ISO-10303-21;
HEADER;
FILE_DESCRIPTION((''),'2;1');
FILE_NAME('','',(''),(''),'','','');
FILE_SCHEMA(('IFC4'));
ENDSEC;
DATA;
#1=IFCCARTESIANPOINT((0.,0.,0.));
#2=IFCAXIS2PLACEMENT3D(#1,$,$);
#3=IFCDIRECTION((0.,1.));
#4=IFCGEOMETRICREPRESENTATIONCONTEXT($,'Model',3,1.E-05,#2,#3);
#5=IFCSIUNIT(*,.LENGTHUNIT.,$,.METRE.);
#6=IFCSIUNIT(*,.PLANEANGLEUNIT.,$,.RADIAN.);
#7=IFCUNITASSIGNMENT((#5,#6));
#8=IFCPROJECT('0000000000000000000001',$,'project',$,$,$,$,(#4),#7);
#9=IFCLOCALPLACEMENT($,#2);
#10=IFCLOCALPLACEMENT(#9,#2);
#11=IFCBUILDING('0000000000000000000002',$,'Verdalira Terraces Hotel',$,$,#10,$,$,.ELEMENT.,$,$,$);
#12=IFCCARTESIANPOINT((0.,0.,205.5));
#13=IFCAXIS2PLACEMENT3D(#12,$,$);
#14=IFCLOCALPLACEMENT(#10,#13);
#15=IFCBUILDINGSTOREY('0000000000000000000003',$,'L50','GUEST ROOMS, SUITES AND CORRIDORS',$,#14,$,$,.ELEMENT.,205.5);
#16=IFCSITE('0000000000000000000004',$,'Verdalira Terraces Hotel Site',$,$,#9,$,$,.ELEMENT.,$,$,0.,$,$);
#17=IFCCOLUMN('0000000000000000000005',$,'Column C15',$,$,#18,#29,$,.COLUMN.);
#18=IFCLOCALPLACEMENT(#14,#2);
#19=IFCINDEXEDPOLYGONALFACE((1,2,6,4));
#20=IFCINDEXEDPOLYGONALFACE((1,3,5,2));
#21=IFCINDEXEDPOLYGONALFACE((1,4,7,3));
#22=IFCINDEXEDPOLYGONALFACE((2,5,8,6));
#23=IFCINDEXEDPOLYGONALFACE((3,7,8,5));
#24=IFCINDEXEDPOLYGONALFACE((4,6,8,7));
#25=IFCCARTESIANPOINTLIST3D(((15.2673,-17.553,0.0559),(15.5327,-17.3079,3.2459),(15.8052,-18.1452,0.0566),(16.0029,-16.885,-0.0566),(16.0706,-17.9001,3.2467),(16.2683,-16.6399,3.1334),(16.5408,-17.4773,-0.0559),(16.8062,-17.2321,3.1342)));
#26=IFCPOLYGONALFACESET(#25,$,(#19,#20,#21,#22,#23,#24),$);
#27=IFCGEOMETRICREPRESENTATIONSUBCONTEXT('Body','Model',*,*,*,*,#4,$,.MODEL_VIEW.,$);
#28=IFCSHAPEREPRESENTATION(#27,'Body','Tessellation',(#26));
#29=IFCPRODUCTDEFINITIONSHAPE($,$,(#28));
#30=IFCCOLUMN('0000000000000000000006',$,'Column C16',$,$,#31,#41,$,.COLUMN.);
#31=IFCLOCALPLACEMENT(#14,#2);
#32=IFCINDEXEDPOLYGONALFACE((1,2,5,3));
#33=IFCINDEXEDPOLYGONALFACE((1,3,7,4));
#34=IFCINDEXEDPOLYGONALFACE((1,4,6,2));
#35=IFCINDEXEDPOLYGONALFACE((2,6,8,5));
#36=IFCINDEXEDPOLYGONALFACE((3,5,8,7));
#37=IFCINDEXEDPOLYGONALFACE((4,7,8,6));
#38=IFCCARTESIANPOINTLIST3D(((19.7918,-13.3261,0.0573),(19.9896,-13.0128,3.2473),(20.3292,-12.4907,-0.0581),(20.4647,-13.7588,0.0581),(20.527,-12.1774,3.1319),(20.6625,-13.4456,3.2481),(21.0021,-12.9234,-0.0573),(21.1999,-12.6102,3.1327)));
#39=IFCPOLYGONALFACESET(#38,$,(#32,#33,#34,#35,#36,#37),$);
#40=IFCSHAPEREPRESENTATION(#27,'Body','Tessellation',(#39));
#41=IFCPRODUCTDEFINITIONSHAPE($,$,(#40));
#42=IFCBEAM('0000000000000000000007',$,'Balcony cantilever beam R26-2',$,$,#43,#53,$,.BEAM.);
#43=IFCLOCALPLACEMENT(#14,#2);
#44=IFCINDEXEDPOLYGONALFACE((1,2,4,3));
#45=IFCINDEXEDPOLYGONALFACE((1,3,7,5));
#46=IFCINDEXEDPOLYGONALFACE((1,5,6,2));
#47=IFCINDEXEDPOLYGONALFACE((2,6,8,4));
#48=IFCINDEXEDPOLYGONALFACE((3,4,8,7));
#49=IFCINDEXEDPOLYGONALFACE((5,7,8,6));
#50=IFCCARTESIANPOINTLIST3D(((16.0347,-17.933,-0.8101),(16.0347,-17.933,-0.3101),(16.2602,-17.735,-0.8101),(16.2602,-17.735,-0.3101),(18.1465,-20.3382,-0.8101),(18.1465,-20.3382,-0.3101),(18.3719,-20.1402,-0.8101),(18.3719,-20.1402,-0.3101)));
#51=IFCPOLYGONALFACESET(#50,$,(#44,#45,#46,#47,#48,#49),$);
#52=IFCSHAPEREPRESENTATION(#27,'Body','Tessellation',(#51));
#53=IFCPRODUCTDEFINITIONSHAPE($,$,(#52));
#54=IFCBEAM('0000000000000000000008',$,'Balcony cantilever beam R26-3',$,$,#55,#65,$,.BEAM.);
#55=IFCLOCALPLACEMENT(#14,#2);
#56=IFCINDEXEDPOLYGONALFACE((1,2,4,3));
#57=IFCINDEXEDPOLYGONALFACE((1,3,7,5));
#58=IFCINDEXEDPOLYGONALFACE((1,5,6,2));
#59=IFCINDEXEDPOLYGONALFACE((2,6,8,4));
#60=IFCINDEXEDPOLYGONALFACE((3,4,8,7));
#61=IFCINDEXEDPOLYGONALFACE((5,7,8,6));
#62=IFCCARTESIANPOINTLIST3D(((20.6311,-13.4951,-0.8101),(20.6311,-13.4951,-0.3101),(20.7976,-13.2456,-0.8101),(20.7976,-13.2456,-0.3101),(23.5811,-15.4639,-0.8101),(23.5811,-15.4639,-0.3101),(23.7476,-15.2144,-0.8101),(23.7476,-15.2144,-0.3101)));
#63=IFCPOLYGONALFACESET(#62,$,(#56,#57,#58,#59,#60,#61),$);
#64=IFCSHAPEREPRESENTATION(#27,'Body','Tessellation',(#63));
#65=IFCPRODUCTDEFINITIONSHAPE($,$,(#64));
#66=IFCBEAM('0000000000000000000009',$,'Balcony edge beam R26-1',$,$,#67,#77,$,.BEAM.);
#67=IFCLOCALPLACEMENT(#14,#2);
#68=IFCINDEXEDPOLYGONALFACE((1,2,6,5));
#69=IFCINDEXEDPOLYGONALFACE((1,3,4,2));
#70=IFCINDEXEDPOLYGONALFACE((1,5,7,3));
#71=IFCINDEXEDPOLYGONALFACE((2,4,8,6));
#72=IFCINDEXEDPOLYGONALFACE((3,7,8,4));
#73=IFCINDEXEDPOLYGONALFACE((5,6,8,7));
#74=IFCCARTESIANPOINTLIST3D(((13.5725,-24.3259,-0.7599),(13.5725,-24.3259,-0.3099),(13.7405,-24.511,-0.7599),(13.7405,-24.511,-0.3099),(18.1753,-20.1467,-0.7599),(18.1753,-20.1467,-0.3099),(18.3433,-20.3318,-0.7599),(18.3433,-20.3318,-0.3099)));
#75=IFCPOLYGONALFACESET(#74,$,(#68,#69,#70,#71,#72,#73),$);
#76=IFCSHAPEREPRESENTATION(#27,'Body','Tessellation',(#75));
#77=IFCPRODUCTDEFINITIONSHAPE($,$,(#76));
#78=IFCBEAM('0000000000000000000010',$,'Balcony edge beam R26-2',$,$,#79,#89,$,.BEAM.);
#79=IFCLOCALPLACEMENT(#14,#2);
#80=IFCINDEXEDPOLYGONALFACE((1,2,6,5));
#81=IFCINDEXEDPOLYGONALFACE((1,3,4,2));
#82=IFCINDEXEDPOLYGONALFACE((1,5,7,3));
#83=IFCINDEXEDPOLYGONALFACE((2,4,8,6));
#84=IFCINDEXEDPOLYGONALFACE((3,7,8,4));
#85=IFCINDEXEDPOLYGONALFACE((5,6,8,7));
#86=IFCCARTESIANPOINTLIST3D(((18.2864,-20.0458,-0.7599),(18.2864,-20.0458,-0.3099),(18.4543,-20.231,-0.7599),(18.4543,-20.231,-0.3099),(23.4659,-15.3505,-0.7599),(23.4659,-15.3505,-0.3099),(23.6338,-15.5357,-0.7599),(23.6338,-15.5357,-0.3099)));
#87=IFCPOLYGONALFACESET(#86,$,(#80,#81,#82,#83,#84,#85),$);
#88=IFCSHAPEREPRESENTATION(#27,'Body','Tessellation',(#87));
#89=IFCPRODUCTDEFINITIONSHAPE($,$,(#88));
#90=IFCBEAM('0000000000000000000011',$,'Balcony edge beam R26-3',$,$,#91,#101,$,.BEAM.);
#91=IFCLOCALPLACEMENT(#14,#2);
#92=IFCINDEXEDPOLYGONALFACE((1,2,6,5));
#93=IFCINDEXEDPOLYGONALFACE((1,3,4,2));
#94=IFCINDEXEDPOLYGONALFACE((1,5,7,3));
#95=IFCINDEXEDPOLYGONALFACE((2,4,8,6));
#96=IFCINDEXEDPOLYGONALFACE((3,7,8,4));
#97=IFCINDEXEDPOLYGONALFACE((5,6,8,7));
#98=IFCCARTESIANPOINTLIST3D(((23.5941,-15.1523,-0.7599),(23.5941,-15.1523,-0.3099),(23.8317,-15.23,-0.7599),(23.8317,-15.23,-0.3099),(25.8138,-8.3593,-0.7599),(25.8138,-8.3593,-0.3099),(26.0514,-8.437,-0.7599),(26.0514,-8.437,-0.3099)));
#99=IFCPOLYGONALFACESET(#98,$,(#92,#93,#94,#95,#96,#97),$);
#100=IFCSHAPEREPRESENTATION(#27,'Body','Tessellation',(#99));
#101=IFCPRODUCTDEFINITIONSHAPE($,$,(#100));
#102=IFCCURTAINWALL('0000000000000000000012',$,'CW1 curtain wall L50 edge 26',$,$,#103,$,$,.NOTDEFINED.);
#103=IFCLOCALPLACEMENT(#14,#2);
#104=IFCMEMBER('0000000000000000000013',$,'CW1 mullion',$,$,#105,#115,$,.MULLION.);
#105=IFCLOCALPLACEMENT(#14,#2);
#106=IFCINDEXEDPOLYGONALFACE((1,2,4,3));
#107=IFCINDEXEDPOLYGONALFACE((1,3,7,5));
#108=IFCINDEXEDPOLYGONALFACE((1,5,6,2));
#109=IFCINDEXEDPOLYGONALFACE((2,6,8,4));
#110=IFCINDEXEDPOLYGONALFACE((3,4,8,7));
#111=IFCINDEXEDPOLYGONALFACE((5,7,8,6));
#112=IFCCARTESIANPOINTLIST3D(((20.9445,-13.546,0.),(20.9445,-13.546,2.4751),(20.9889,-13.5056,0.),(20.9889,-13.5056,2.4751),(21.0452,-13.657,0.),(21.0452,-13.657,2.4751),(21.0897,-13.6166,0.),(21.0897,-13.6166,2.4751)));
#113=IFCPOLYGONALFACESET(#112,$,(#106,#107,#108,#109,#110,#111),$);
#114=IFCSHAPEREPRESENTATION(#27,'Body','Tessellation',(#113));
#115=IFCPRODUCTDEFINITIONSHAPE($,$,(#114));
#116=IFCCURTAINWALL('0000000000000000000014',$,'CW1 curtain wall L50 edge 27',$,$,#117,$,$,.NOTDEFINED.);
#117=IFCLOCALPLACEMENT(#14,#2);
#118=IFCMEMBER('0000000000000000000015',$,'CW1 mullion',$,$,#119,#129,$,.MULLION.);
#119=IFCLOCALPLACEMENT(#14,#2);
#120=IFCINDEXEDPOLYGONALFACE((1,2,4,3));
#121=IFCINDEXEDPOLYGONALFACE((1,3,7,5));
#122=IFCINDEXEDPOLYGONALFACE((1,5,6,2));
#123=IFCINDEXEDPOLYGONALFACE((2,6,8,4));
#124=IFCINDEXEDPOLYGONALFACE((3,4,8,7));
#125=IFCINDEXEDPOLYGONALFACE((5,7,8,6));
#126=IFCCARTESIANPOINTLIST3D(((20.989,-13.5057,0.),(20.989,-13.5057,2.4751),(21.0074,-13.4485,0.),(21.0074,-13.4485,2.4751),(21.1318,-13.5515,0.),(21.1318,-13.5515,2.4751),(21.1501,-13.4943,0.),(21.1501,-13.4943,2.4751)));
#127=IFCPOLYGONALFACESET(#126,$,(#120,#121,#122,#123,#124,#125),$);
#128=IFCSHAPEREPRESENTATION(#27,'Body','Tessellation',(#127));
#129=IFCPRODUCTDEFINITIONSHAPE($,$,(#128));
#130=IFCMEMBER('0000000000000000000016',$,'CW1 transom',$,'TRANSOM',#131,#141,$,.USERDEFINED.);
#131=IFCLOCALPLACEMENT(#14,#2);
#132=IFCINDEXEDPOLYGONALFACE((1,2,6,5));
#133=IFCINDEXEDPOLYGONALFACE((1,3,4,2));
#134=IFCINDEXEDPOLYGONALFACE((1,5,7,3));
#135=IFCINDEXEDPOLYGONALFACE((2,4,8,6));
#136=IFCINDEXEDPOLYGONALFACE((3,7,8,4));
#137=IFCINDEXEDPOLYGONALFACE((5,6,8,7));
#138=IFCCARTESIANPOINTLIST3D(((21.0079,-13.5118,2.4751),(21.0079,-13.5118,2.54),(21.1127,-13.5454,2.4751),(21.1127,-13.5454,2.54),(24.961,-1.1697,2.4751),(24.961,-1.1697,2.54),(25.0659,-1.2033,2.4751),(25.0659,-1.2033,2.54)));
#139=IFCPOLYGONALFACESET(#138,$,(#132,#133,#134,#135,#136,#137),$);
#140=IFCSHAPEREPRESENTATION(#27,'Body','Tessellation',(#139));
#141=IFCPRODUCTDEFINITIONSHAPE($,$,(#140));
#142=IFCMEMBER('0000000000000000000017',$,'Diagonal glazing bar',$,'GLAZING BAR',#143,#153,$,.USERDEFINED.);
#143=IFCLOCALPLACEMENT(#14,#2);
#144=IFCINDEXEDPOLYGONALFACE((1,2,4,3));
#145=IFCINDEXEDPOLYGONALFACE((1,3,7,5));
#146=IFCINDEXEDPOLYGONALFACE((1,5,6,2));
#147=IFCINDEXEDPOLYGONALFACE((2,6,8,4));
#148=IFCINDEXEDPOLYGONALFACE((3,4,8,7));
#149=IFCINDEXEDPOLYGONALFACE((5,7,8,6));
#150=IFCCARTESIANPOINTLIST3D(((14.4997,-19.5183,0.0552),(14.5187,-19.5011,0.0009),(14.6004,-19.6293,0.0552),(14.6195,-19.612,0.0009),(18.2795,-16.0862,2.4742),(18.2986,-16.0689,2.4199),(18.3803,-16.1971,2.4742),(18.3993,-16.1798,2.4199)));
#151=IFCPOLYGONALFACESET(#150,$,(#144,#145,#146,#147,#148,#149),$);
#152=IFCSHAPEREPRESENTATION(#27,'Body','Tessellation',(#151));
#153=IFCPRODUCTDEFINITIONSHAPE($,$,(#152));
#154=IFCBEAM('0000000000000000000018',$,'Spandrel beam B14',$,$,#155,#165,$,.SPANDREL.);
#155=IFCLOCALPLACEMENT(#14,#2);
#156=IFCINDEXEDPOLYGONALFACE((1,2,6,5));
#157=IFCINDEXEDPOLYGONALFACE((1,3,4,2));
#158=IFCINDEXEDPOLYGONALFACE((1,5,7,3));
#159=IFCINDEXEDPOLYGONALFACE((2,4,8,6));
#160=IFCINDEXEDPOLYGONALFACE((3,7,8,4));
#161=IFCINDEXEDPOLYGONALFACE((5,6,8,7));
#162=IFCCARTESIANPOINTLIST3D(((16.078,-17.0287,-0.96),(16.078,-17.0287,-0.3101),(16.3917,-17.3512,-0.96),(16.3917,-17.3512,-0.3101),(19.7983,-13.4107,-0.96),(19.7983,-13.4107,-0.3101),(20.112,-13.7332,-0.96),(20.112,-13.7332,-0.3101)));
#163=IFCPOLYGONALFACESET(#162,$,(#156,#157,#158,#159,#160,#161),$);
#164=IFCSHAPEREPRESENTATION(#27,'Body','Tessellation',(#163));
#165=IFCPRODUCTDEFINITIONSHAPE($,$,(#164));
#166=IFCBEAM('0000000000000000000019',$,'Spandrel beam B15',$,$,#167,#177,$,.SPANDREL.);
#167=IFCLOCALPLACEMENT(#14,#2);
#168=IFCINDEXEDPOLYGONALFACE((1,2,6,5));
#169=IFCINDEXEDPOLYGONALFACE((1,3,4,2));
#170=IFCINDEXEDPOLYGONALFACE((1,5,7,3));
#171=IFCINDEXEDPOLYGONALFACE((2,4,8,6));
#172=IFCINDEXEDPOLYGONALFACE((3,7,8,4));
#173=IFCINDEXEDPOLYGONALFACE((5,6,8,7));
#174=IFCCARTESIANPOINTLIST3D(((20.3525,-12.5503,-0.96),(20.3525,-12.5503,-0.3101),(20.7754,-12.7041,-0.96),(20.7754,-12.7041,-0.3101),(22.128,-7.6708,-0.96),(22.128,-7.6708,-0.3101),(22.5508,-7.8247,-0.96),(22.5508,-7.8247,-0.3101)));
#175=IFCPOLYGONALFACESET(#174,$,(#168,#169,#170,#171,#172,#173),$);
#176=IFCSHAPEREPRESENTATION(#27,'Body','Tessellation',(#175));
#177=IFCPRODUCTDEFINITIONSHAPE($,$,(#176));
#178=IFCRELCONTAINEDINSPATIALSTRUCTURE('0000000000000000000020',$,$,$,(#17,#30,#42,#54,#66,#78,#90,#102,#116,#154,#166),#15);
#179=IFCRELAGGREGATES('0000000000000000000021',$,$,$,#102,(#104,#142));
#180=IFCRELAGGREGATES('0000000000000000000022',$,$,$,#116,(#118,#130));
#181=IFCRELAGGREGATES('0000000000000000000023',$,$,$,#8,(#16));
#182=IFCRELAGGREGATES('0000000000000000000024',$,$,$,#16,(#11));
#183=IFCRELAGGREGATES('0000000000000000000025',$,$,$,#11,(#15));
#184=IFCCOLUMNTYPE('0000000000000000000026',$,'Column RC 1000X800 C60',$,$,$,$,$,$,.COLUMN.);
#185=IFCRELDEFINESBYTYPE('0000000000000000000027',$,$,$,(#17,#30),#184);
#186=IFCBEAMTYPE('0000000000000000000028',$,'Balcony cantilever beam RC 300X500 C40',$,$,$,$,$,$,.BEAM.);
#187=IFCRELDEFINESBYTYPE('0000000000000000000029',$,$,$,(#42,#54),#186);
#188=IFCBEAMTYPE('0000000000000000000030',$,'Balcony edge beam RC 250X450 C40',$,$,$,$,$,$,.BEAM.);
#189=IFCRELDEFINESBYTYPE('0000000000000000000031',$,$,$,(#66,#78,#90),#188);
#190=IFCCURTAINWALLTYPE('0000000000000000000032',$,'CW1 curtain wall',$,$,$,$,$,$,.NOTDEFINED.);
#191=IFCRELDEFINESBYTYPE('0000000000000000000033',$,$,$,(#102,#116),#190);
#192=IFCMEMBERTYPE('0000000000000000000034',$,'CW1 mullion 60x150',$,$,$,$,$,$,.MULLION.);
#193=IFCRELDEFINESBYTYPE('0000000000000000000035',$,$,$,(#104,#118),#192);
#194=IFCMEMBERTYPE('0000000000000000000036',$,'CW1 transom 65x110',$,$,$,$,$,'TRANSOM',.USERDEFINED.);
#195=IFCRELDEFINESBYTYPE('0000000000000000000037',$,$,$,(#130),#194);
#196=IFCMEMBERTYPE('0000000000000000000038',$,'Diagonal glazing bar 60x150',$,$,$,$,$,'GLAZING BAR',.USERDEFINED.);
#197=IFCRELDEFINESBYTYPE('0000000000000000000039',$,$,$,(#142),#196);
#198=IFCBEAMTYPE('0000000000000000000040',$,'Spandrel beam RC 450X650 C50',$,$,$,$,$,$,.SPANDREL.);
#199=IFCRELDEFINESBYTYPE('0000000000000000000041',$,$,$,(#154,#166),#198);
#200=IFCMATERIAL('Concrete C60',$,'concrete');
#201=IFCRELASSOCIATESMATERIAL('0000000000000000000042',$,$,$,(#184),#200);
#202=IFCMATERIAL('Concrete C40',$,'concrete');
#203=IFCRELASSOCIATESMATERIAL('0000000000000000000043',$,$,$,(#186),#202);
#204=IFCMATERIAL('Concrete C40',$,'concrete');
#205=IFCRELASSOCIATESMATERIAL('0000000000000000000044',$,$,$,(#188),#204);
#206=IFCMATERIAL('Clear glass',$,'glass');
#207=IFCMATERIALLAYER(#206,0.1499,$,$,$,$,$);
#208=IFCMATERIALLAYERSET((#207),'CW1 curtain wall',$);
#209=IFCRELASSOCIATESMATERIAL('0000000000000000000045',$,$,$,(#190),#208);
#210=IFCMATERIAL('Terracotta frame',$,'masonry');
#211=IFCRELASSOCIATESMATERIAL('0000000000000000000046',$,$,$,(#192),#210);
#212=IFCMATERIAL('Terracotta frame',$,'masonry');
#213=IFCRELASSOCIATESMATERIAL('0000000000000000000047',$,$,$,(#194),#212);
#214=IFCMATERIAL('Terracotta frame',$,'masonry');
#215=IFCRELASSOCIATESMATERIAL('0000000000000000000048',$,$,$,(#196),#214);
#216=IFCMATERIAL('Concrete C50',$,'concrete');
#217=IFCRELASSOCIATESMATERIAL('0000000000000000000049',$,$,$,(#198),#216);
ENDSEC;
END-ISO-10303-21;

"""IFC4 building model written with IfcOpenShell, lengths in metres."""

from ifc_helpers import new_model, si_unit, direction, frame, origin, origin_2d, place, context, subcontext, project, spatial, rectangle, extrude, material, layer, layer_set, material_profile, profile_set, type_object, element, aggregate, save


model = new_model("IFC4")

# Units and contexts
model_context = context("Model", 3, precision=1e-05, world=origin(), true_north=direction((0.0, 1.0)))
body_context = subcontext(model_context, "Body", "Model", "MODEL_VIEW")
ifc_project = project(units=[si_unit("LENGTHUNIT", "METRE"), si_unit("PLANEANGLEUNIT", "RADIAN")], contexts=[model_context])

# Site, building, storey
site_placement = place(None, origin())
site = spatial("IfcSite", under=ifc_project, at=site_placement, Name="Verdalira Terraces Hotel Site", CompositionType="ELEMENT", RefElevation=0.0)
building_placement = place(site_placement, origin())
building = spatial("IfcBuilding", under=site, at=building_placement, Name="Verdalira Terraces Hotel", CompositionType="ELEMENT")
storey_placement = place(building_placement, frame((0.0, 0.0, 205.5)))
storey = spatial("IfcBuildingStorey", under=building, at=storey_placement, Name="L50", Description="GUEST ROOMS, SUITES AND CORRIDORS", CompositionType="ELEMENT", Elevation=205.5)

# Columns
ifc_material_1 = material(Name="Concrete C60", Category="concrete")
ifc_material_profile_1 = material_profile(ifc_material_1, rectangle(XDim=1.0, YDim=0.8, at=origin_2d()), Name="RC 1000X800")
ifc_profile_set_1 = profile_set([ifc_material_profile_1], Name="Concrete C60")
column_type = type_object("IfcColumnType", Name="Column RC 1000X800 C60", PredefinedType="COLUMN", material=ifc_profile_set_1)
column_1_placement = place(storey_placement, frame((15.9041, -17.5151, 0.0), z_axis=(0.082665, 0.076353, 0.993648), x_axis=(0.735625, 0.667977, -0.112527)))
element("IfcColumn", 1, at=column_1_placement, inside=storey, type_object=column_type, Name="Column C15", PredefinedType="COLUMN", context=body_context, shape_type="SweptSolid", body=[
    extrude(rectangle(XDim=1.0, YDim=0.8, at=origin_2d()), origin(), (0.0, 0.0, 1.0), 3.2104),
])
column_2_placement = place(storey_placement, frame((20.397, -13.1248, 0.0), z_axis=(0.061579, 0.097538, 0.993325), x_axis=(-0.537393, -0.835407, 0.115346)))
element("IfcColumn", 2, at=column_2_placement, inside=storey, type_object=column_type, Name="Column C16", PredefinedType="COLUMN", context=body_context, shape_type="SweptSolid", body=[
    extrude(rectangle(XDim=1.0, YDim=0.8, at=origin_2d()), origin(), (0.0, 0.0, 1.0), 3.2114),
])

# Beams
ifc_material_2 = material(Name="Concrete C40", Category="concrete")
ifc_material_profile_2 = material_profile(ifc_material_2, rectangle(XDim=0.3, YDim=0.5, at=origin_2d()), Name="RC 300X500")
ifc_profile_set_2 = profile_set([ifc_material_profile_2], Name="Concrete C40")
beam_type_1 = type_object("IfcBeamType", Name="Balcony cantilever beam RC 300X500 C40", PredefinedType="BEAM", material=ifc_profile_set_2)
beam_1_placement = place(storey_placement, frame((16.1475, -17.834, -0.5601), z_axis=(0.659778, -0.751461, 0.0), x_axis=(0.751461, 0.659778, 0.0)))
element("IfcBeam", 3, at=beam_1_placement, inside=storey, type_object=beam_type_1, Name="Balcony cantilever beam R26-2", PredefinedType="BEAM", context=body_context, shape_type="SweptSolid", body=[
    extrude(rectangle(XDim=0.3, YDim=0.5, at=origin_2d()), origin(), (0.0, 0.0, 1.0), 3.2007),
])
beam_2_placement = place(storey_placement, frame((20.7144, -13.3704, -0.5601), z_axis=(0.831775, -0.555113, 0.0), x_axis=(0.555113, 0.831775, 0.0)))
element("IfcBeam", 4, at=beam_2_placement, inside=storey, type_object=beam_type_1, Name="Balcony cantilever beam R26-3", PredefinedType="BEAM", context=body_context, shape_type="SweptSolid", body=[
    extrude(rectangle(XDim=0.3, YDim=0.5, at=origin_2d()), origin(), (0.0, 0.0, 1.0), 3.5466),
])
ifc_material_3 = material(Name="Concrete C40", Category="concrete")
ifc_material_profile_3 = material_profile(ifc_material_3, rectangle(XDim=0.25, YDim=0.45, at=origin_2d()), Name="RC 250X450")
ifc_profile_set_3 = profile_set([ifc_material_profile_3], Name="Concrete C40")
beam_type_2 = type_object("IfcBeamType", Name="Balcony edge beam RC 250X450 C40", PredefinedType="BEAM", material=ifc_profile_set_3)
beam_3_placement = place(storey_placement, frame((13.6565, -24.4185, -0.5349), z_axis=(0.740352, 0.672219, 0.0), x_axis=(-0.672219, 0.740352, 0.0)))
element("IfcBeam", 5, at=beam_3_placement, inside=storey, type_object=beam_type_2, Name="Balcony edge beam R26-1", PredefinedType="BEAM", context=body_context, shape_type="SweptSolid", body=[
    extrude(rectangle(XDim=0.25, YDim=0.45, at=origin_2d()), origin(), (0.0, 0.0, 1.0), 6.217),
])
beam_4_placement = place(storey_placement, frame((18.3704, -20.1384, -0.5349), z_axis=(0.740884, 0.671633, 0.0), x_axis=(-0.671633, 0.740884, 0.0)))
element("IfcBeam", 6, at=beam_4_placement, inside=storey, type_object=beam_type_2, Name="Balcony edge beam R26-2", PredefinedType="BEAM", context=body_context, shape_type="SweptSolid", body=[
    extrude(rectangle(XDim=0.25, YDim=0.45, at=origin_2d()), origin(), (0.0, 0.0, 1.0), 6.991),
])
beam_5_placement = place(storey_placement, frame((23.7129, -15.1912, -0.5349), z_axis=(0.310606, 0.950539, 0.0), x_axis=(-0.950539, 0.310606, 0.0)))
element("IfcBeam", 7, at=beam_5_placement, inside=storey, type_object=beam_type_2, Name="Balcony edge beam R26-3", PredefinedType="BEAM", context=body_context, shape_type="SweptSolid", body=[
    extrude(rectangle(XDim=0.25, YDim=0.45, at=origin_2d()), origin(), (0.0, 0.0, 1.0), 7.1465),
])

# Curtain wall, member
ifc_material_4 = material(Name="Clear glass", Category="glass")
ifc_layer_1 = layer(ifc_material_4, 0.1499)
ifc_layer_set_1 = layer_set([ifc_layer_1], Name="CW1 curtain wall")
curtain_wall_type = type_object("IfcCurtainWallType", Name="CW1 curtain wall", PredefinedType="NOTDEFINED", material=ifc_layer_set_1)
curtain_wall_1_placement = place(storey_placement, origin())
curtain_wall_1 = element("IfcCurtainWall", 8, at=curtain_wall_1_placement, inside=storey, type_object=curtain_wall_type, Name="CW1 curtain wall L50 edge 26", PredefinedType="NOTDEFINED")
ifc_material_5 = material(Name="Terracotta frame", Category="masonry")
ifc_material_profile_4 = material_profile(ifc_material_5, rectangle(XDim=0.0601, YDim=0.1499, at=origin_2d()), Name="MU 60x150")
ifc_profile_set_4 = profile_set([ifc_material_profile_4], Name="Terracotta frame")
member_type_1 = type_object("IfcMemberType", Name="CW1 mullion 60x150", PredefinedType="MULLION", material=ifc_profile_set_4)
member_1_placement = place(storey_placement, frame((21.0171, -13.5813, 0.0), z_axis=(0.0, 0.0, 1.0), x_axis=(0.740335, 0.672238, 0.0)))
member_1 = element("IfcMember", 9, at=member_1_placement, type_object=member_type_1, Name="CW1 mullion", PredefinedType="MULLION", context=body_context, shape_type="SweptSolid", body=[
    extrude(rectangle(XDim=0.0601, YDim=0.1499, at=origin_2d()), origin(), (0.0, 0.0, 1.0), 2.4751),
])

# Curtain wall, members
curtain_wall_2_placement = place(storey_placement, origin())
curtain_wall_2 = element("IfcCurtainWall", 10, at=curtain_wall_2_placement, inside=storey, type_object=curtain_wall_type, Name="CW1 curtain wall L50 edge 27", PredefinedType="NOTDEFINED")
member_2_placement = place(storey_placement, frame((21.0696, -13.5, 0.0), z_axis=(0.0, 0.0, 1.0), x_axis=(0.305031, 0.952343, 0.0)))
member_2 = element("IfcMember", 11, at=member_2_placement, type_object=member_type_1, Name="CW1 mullion", PredefinedType="MULLION", context=body_context, shape_type="SweptSolid", body=[
    extrude(rectangle(XDim=0.0601, YDim=0.1499, at=origin_2d()), origin(), (0.0, 0.0, 1.0), 2.4751),
])
ifc_material_6 = material(Name="Terracotta frame", Category="masonry")
ifc_material_profile_5 = material_profile(ifc_material_6, rectangle(XDim=0.1101, YDim=0.0649, at=origin_2d()), Name="TR 65x110")
ifc_profile_set_5 = profile_set([ifc_material_profile_5], Name="Terracotta frame")
member_type_2 = type_object("IfcMemberType", Name="CW1 transom 65x110", ElementType="TRANSOM", PredefinedType="USERDEFINED", material=ifc_profile_set_5)
member_3_placement = place(storey_placement, frame((21.0603, -13.5286, 2.5076), z_axis=(0.305033, 0.952342, 0.0), x_axis=(-0.952342, 0.305033, 0.0)))
member_3 = element("IfcMember", 12, at=member_3_placement, type_object=member_type_2, Name="CW1 transom", ObjectType="TRANSOM", PredefinedType="USERDEFINED", context=body_context, shape_type="SweptSolid", body=[
    extrude(rectangle(XDim=0.1101, YDim=0.0649, at=origin_2d()), origin(), (0.0, 0.0, 1.0), 12.9597),
])

# Member
ifc_material_7 = material(Name="Terracotta frame", Category="masonry")
ifc_material_profile_6 = material_profile(ifc_material_7, rectangle(XDim=0.1499, YDim=0.0601, at=origin_2d()), Name="GB 60x150")
ifc_profile_set_6 = profile_set([ifc_material_profile_6], Name="Terracotta frame")
member_type_3 = type_object("IfcMemberType", Name="Diagonal glazing bar 60x150", ElementType="GLAZING BAR", PredefinedType="USERDEFINED", material=ifc_profile_set_6)
member_4_placement = place(storey_placement, frame((14.5596, -19.5652, 0.0281), z_axis=(0.66904, 0.607503, 0.428165), x_axis=(-0.672239, 0.740334, 0.0)))
member_4 = element("IfcMember", 13, at=member_4_placement, type_object=member_type_3, Name="Diagonal glazing bar", ObjectType="GLAZING BAR", PredefinedType="USERDEFINED", context=body_context, shape_type="SweptSolid", body=[
    extrude(rectangle(XDim=0.1499, YDim=0.0601, at=origin_2d()), origin(), (0.0, 0.0, 1.0), 5.6497),
])

# Beams
ifc_material_8 = material(Name="Concrete C50", Category="concrete")
ifc_material_profile_7 = material_profile(ifc_material_8, rectangle(XDim=0.45, YDim=0.6499, at=origin_2d()), Name="RC 450X650")
ifc_profile_set_7 = profile_set([ifc_material_profile_7], Name="Concrete C50")
beam_type_3 = type_object("IfcBeamType", Name="Spandrel beam RC 450X650 C50", PredefinedType="SPANDREL", material=ifc_profile_set_7)
beam_6_placement = place(storey_placement, frame((16.2349, -17.1899, -0.635), z_axis=(0.716894, 0.697182, 0.0), x_axis=(-0.697182, 0.716894, 0.0)))
element("IfcBeam", 14, at=beam_6_placement, inside=storey, type_object=beam_type_3, Name="Spandrel beam B14", PredefinedType="SPANDREL", context=body_context, shape_type="SweptSolid", body=[
    extrude(rectangle(XDim=0.45, YDim=0.6499, at=origin_2d()), origin(), (0.0, 0.0, 1.0), 5.1895),
])
beam_7_placement = place(storey_placement, frame((20.564, -12.6272, -0.635), z_axis=(0.341924, 0.939728, 0.0), x_axis=(-0.939728, 0.341924, 0.0)))
element("IfcBeam", 15, at=beam_7_placement, inside=storey, type_object=beam_type_3, Name="Spandrel beam B15", PredefinedType="SPANDREL", context=body_context, shape_type="SweptSolid", body=[
    extrude(rectangle(XDim=0.45, YDim=0.6499, at=origin_2d()), origin(), (0.0, 0.0, 1.0), 5.1924),
])

aggregate(curtain_wall_1, [member_1, member_4])
aggregate(curtain_wall_2, [member_2, member_3])

save(model, "model.ifc")
